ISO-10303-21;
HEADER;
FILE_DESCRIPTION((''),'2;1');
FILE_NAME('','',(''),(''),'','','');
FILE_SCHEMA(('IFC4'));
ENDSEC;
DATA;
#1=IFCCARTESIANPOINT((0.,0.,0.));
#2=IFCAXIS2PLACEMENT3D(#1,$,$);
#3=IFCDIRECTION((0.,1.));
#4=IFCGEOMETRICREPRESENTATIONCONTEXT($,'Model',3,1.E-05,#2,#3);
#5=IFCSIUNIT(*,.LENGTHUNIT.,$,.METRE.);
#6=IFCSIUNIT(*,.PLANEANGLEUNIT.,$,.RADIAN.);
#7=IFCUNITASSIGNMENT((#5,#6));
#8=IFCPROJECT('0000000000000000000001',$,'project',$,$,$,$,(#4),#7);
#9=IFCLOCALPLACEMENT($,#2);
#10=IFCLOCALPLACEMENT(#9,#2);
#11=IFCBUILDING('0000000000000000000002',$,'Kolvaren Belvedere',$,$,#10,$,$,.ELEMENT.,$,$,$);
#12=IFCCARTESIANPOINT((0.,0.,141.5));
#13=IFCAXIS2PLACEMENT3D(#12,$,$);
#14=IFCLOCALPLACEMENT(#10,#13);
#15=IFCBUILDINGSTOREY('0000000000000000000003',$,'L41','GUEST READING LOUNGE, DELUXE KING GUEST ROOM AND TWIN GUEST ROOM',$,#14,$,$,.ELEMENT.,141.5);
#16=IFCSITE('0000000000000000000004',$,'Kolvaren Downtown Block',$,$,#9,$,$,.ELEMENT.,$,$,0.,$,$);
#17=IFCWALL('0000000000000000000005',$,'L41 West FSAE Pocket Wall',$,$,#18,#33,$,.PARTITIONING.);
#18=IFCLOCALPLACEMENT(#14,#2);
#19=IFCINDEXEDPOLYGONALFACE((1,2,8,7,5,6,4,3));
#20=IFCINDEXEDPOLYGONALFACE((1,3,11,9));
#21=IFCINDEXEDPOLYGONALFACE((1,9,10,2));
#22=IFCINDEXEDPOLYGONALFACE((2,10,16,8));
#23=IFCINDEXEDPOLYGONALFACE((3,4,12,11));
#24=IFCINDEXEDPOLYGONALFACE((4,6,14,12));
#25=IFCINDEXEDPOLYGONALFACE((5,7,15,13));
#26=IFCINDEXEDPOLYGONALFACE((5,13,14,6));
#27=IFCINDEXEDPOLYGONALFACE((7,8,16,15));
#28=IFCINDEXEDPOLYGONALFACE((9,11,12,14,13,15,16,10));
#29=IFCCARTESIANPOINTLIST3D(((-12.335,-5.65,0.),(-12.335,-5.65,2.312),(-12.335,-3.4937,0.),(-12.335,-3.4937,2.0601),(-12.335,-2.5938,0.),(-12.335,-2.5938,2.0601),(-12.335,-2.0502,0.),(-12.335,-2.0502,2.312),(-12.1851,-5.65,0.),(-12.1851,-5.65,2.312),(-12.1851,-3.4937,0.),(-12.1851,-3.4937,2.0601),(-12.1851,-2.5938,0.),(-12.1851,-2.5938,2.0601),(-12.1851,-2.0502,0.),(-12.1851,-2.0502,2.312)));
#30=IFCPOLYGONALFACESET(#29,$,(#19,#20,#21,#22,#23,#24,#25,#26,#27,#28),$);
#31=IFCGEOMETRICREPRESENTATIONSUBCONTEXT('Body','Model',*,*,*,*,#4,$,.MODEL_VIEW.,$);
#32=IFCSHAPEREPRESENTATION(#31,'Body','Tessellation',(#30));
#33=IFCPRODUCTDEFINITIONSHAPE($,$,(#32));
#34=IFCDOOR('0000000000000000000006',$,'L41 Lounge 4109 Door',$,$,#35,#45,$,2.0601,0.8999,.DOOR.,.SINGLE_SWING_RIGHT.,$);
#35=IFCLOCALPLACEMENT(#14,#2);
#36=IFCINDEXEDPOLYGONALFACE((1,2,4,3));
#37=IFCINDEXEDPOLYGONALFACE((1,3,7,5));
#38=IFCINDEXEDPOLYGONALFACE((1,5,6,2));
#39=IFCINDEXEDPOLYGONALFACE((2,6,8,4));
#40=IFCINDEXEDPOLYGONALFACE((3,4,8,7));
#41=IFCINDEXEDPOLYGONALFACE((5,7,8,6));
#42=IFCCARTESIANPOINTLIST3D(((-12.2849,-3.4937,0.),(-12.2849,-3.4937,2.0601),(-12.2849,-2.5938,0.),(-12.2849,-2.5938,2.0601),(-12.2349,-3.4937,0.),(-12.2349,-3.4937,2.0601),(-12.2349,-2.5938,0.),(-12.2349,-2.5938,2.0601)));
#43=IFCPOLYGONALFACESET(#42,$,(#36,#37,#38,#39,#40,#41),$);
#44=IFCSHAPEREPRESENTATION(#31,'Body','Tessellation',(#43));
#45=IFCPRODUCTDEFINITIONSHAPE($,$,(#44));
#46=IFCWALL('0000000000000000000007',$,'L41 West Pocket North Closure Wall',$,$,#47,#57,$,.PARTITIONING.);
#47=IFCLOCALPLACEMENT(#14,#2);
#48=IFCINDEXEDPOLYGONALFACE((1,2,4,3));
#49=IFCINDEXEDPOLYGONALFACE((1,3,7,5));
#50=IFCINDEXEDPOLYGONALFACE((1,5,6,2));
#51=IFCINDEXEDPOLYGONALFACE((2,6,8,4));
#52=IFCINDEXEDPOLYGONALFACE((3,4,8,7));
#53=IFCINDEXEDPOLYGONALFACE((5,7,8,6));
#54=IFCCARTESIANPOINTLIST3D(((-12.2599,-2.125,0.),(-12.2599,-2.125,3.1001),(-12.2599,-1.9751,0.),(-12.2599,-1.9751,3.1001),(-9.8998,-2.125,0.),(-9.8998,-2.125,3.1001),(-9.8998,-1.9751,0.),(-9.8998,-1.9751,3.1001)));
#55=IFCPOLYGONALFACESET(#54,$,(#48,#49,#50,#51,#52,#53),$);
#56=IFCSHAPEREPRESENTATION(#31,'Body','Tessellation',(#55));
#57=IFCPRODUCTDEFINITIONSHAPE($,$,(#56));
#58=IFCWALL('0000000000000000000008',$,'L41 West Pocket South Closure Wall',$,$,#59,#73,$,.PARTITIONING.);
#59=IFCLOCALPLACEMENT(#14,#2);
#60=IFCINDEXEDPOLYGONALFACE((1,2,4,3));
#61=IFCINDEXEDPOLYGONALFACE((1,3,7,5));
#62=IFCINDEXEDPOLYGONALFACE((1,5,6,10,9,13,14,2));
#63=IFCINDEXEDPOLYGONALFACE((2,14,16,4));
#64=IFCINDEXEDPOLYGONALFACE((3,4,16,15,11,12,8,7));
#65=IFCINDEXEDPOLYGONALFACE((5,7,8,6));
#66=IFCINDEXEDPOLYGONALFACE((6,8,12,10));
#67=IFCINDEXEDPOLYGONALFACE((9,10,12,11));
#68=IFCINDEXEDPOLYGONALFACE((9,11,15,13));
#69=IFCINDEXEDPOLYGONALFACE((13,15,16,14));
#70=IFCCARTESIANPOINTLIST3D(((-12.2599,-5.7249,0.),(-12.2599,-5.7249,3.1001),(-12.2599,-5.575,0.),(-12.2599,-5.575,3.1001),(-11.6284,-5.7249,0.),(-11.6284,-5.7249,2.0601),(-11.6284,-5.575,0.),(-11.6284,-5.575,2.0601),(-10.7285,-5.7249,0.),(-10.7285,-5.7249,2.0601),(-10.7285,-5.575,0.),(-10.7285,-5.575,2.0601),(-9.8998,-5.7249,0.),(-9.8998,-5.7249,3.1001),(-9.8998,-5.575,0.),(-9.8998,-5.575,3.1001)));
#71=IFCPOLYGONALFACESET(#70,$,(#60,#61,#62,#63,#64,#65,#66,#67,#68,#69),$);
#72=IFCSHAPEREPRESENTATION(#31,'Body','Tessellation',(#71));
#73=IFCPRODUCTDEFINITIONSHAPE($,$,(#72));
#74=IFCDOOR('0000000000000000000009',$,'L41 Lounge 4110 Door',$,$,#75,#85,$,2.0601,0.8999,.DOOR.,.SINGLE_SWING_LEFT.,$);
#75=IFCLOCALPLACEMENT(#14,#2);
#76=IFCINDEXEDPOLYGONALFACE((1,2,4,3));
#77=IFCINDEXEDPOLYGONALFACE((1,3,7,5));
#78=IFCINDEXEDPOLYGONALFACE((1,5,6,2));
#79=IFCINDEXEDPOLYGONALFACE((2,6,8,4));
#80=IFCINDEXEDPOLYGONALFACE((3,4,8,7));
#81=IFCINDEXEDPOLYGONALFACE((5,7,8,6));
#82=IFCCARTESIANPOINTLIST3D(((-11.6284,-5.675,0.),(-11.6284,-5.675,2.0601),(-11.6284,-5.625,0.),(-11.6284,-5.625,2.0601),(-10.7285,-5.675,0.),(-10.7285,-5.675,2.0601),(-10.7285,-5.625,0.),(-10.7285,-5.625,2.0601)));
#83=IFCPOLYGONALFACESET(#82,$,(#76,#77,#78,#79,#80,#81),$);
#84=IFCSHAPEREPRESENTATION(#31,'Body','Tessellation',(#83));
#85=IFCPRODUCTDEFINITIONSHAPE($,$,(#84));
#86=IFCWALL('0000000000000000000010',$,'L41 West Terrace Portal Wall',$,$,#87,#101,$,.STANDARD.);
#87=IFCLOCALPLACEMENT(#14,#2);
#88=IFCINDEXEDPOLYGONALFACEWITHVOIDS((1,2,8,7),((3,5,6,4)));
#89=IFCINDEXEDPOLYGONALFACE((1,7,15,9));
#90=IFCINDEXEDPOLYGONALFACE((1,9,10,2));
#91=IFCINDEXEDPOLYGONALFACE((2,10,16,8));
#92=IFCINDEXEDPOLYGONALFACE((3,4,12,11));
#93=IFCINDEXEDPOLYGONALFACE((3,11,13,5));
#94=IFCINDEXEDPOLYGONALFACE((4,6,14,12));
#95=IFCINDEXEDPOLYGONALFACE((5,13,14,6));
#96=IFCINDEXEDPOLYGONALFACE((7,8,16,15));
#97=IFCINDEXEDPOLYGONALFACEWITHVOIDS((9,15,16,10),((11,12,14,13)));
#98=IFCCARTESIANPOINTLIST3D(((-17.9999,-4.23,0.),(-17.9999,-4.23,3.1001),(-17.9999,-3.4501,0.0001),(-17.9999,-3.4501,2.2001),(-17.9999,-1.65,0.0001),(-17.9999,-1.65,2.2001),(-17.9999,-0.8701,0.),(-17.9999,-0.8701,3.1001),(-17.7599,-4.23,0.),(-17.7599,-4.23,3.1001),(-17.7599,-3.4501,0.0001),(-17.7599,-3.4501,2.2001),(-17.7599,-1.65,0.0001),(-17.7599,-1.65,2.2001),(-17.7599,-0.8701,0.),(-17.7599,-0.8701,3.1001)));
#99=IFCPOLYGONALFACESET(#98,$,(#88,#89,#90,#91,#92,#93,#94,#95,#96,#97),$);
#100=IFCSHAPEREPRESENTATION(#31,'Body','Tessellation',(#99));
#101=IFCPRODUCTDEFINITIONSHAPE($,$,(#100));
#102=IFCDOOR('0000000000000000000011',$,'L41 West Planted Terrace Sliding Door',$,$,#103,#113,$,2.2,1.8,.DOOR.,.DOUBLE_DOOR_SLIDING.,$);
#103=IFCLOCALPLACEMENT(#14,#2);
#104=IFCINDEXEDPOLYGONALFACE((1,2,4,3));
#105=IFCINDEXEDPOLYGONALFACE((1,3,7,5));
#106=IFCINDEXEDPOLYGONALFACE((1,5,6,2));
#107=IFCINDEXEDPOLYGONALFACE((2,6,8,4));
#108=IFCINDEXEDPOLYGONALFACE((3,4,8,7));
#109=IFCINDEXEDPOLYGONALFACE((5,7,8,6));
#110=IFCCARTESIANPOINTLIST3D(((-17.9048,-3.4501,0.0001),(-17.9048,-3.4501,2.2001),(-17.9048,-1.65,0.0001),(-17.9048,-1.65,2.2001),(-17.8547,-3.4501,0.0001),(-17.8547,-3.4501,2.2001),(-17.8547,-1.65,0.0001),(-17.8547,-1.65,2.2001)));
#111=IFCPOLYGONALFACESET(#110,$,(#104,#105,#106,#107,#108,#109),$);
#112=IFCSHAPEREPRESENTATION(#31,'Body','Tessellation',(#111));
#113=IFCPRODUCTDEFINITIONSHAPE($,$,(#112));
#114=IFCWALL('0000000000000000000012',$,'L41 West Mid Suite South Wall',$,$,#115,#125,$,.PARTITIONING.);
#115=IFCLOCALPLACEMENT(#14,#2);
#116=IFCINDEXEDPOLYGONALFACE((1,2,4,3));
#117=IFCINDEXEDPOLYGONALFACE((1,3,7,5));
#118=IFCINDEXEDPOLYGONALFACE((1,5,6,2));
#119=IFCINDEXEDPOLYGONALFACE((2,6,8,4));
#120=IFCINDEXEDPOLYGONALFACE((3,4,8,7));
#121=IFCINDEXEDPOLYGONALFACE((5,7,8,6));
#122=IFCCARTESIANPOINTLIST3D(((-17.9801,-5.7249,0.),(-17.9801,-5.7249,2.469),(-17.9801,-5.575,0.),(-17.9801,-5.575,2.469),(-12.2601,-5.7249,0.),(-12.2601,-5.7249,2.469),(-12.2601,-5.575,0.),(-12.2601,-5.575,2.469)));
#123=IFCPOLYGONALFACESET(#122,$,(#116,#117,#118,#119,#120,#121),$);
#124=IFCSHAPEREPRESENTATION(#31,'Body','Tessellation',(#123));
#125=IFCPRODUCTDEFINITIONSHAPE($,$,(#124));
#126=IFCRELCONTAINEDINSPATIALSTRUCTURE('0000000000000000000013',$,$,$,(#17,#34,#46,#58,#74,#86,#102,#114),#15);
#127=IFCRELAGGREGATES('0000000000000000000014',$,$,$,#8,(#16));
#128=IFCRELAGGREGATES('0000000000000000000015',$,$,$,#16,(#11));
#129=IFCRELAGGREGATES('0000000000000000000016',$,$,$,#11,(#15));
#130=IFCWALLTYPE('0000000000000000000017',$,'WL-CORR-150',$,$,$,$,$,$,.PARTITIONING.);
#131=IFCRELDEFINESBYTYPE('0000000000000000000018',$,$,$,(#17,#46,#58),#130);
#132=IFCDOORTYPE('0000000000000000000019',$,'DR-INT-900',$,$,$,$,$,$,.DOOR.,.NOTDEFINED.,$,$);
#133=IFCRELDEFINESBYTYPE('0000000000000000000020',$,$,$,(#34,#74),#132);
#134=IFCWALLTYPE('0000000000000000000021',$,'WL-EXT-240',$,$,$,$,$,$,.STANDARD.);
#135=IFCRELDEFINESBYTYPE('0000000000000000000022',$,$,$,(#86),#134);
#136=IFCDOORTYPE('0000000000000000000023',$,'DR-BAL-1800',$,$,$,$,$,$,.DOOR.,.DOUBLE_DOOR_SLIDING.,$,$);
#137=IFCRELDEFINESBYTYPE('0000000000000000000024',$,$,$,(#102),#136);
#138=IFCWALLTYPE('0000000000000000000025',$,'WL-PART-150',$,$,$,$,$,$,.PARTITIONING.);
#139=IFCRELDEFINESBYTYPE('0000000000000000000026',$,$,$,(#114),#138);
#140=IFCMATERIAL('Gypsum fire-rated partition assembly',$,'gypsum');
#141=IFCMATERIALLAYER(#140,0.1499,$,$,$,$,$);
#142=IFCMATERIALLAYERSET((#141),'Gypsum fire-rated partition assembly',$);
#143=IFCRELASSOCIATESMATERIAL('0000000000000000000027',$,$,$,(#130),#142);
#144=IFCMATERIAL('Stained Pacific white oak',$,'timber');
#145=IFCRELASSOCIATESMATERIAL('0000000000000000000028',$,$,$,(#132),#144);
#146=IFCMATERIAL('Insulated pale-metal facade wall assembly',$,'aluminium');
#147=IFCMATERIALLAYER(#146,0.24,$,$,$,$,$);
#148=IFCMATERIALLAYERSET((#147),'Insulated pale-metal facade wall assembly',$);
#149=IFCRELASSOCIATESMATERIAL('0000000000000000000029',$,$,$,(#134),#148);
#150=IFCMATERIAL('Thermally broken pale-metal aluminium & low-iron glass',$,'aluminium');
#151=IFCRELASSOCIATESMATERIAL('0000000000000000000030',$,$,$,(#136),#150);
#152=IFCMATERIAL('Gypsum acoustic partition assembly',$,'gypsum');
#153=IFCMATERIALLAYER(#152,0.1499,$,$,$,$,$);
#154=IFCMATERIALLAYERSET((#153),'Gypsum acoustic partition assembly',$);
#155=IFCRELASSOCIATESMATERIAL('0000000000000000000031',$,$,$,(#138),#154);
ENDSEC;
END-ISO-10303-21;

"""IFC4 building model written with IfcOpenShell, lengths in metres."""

from ifc_helpers import new_model, si_unit, direction, frame, frame_2d, origin, place, context, subcontext, project, spatial, rectangle, extrude, material, layer, layer_set, type_object, element, fill, save


model = new_model("IFC4")

# Units and contexts
model_context = context("Model", 3, precision=1e-05, world=origin(), true_north=direction((0.0, 1.0)))
body_context = subcontext(model_context, "Body", "Model", "MODEL_VIEW")
ifc_project = project(units=[si_unit("LENGTHUNIT", "METRE"), si_unit("PLANEANGLEUNIT", "RADIAN")], contexts=[model_context])

# Site, building, storey
site_placement = place(None, origin())
site = spatial("IfcSite", under=ifc_project, at=site_placement, Name="Kolvaren Downtown Block", CompositionType="ELEMENT", RefElevation=0.0)
building_placement = place(site_placement, origin())
building = spatial("IfcBuilding", under=site, at=building_placement, Name="Kolvaren Belvedere", CompositionType="ELEMENT")
storey_placement = place(building_placement, frame((0.0, 0.0, 141.5)))
storey = spatial("IfcBuildingStorey", under=building, at=storey_placement, Name="L41", Description="GUEST READING LOUNGE, DELUXE KING GUEST ROOM AND TWIN GUEST ROOM", CompositionType="ELEMENT", Elevation=141.5)

# Wall, opening, door
ifc_material_1 = material(Name="Gypsum fire-rated partition assembly", Category="gypsum")
ifc_layer_1 = layer(ifc_material_1, 0.1499)
ifc_layer_set_1 = layer_set([ifc_layer_1], Name="Gypsum fire-rated partition assembly")
wall_type_1 = type_object("IfcWallType", Name="WL-CORR-150", PredefinedType="PARTITIONING", material=ifc_layer_set_1)
wall_1_placement = place(storey_placement, frame((-12.26, -5.6499, 0.0), z_axis=(0.0, 0.0, 1.0), x_axis=(0.0, 1.0, 0.0)))
wall_1 = element("IfcWall", 1, at=wall_1_placement, inside=storey, type_object=wall_type_1, Name="L41 West FSAE Pocket Wall", PredefinedType="PARTITIONING", context=body_context, shape_type="SweptSolid", body=[
    extrude(rectangle(XDim=3.5999, YDim=0.1499, at=frame_2d((1.7998, 0.0))), origin(), (0.0, 0.0, 1.0), 2.312),
])
opening_1_placement = place(wall_1_placement, frame((2.1562, 0.0, 0.0)))
opening_1 = element("IfcOpeningElement", 2, at=opening_1_placement, cuts=wall_1, PredefinedType="OPENING", context=body_context, shape_type="SweptSolid", body=[
    extrude(rectangle(XDim=0.8999, YDim=2.0601, at=frame_2d((0.45, 1.03))), frame((0.0, 0.085, 0.0), z_axis=(0.0, -1.0, 0.0), x_axis=(1.0, 0.0, 0.0)), (0.0, 0.0, 1.0), 0.1699),
])
ifc_material_2 = material(Name="Stained Pacific white oak", Category="timber")
door_type_1 = type_object("IfcDoorType", Name="DR-INT-900", OperationType="NOTDEFINED", PredefinedType="DOOR", material=ifc_material_2)
door_1_placement = place(opening_1_placement, origin())
door_1 = element("IfcDoor", 3, at=door_1_placement, inside=storey, type_object=door_type_1, Name="L41 Lounge 4109 Door", OperationType="SINGLE_SWING_RIGHT", OverallHeight=2.0601, OverallWidth=0.8999, PredefinedType="DOOR", context=body_context, shape_type="SweptSolid", body=[
    extrude(rectangle(XDim=0.8999, YDim=2.0601, at=frame_2d((0.45, 1.03))), frame((0.0, 0.0249, 0.0), z_axis=(0.0, -1.0, 0.0), x_axis=(1.0, 0.0, 0.0)), (0.0, 0.0, 1.0), 0.05),
])
fill(opening_1, door_1)

# Wall
wall_2_placement = place(storey_placement, frame((-12.26, -2.05, 0.0), z_axis=(0.0, 0.0, 1.0), x_axis=(1.0, 0.0, 0.0)))
element("IfcWall", 4, at=wall_2_placement, inside=storey, type_object=wall_type_1, Name="L41 West Pocket North Closure Wall", PredefinedType="PARTITIONING", context=body_context, shape_type="SweptSolid", body=[
    extrude(rectangle(XDim=2.3601, YDim=0.1499, at=frame_2d((1.1802, 0.0))), origin(), (0.0, 0.0, 1.0), 3.1001),
])

# Walls, openings, doors
wall_3_placement = place(storey_placement, frame((-12.26, -5.6499, 0.0), z_axis=(0.0, 0.0, 1.0), x_axis=(1.0, 0.0, 0.0)))
wall_3 = element("IfcWall", 5, at=wall_3_placement, inside=storey, type_object=wall_type_1, Name="L41 West Pocket South Closure Wall", PredefinedType="PARTITIONING", context=body_context, shape_type="SweptSolid", body=[
    extrude(rectangle(XDim=2.3601, YDim=0.1499, at=frame_2d((1.1802, 0.0))), origin(), (0.0, 0.0, 1.0), 3.1001),
])
opening_2_placement = place(wall_3_placement, frame((0.6316, 0.0, 0.0)))
opening_2 = element("IfcOpeningElement", 6, at=opening_2_placement, cuts=wall_3, PredefinedType="OPENING", context=body_context, shape_type="SweptSolid", body=[
    extrude(rectangle(XDim=0.8999, YDim=2.0601, at=frame_2d((0.45, 1.03))), frame((0.0, 0.085, 0.0), z_axis=(0.0, -1.0, 0.0), x_axis=(1.0, 0.0, 0.0)), (0.0, 0.0, 1.0), 0.1699),
])
door_2_placement = place(opening_2_placement, origin())
door_2 = element("IfcDoor", 7, at=door_2_placement, inside=storey, type_object=door_type_1, Name="L41 Lounge 4110 Door", OperationType="SINGLE_SWING_LEFT", OverallHeight=2.0601, OverallWidth=0.8999, PredefinedType="DOOR", context=body_context, shape_type="SweptSolid", body=[
    extrude(rectangle(XDim=0.8999, YDim=2.0601, at=frame_2d((0.45, 1.03))), frame((0.0, 0.0249, 0.0), z_axis=(0.0, -1.0, 0.0), x_axis=(1.0, 0.0, 0.0)), (0.0, 0.0, 1.0), 0.05),
])
fill(opening_2, door_2)
ifc_material_3 = material(Name="Insulated pale-metal facade wall assembly", Category="aluminium")
ifc_layer_2 = layer(ifc_material_3, 0.24)
ifc_layer_set_2 = layer_set([ifc_layer_2], Name="Insulated pale-metal facade wall assembly")
wall_type_2 = type_object("IfcWallType", Name="WL-EXT-240", PredefinedType="STANDARD", material=ifc_layer_set_2)
wall_4_placement = place(storey_placement, frame((-17.8799, -4.23, 0.0), z_axis=(0.0, 0.0, 1.0), x_axis=(0.0, 1.0, 0.0)))
wall_4 = element("IfcWall", 8, at=wall_4_placement, inside=storey, type_object=wall_type_2, Name="L41 West Terrace Portal Wall", PredefinedType="STANDARD", context=body_context, shape_type="SweptSolid", body=[
    extrude(rectangle(XDim=3.3599, YDim=0.24, at=frame_2d((1.6799, 0.0))), origin(), (0.0, 0.0, 1.0), 3.1001),
])
opening_3_placement = place(wall_4_placement, frame((0.78, 0.0, 0.0)))
opening_3 = element("IfcOpeningElement", 9, at=opening_3_placement, cuts=wall_4, PredefinedType="OPENING", context=body_context, shape_type="SweptSolid", body=[
    extrude(rectangle(XDim=1.8, YDim=2.2, at=frame_2d((0.8999, 1.1001))), frame((0.0, 0.1299, 0.0), z_axis=(0.0, -1.0, 0.0), x_axis=(1.0, 0.0, 0.0)), (0.0, 0.0, 1.0), 0.26),
])
ifc_material_4 = material(Name="Thermally broken pale-metal aluminium & low-iron glass", Category="aluminium")
door_type_2 = type_object("IfcDoorType", Name="DR-BAL-1800", OperationType="DOUBLE_DOOR_SLIDING", PredefinedType="DOOR", material=ifc_material_4)
door_3_placement = place(opening_3_placement, origin())
door_3 = element("IfcDoor", 10, at=door_3_placement, inside=storey, type_object=door_type_2, Name="L41 West Planted Terrace Sliding Door", OperationType="DOUBLE_DOOR_SLIDING", OverallHeight=2.2, OverallWidth=1.8, PredefinedType="DOOR", context=body_context, shape_type="SweptSolid", body=[
    extrude(rectangle(XDim=1.8, YDim=2.2, at=frame_2d((0.8999, 1.1001))), frame((0.0, 0.0249, 0.0), z_axis=(0.0, -1.0, 0.0), x_axis=(1.0, 0.0, 0.0)), (0.0, 0.0, 1.0), 0.05),
])
fill(opening_3, door_3)

# Wall
ifc_material_5 = material(Name="Gypsum acoustic partition assembly", Category="gypsum")
ifc_layer_3 = layer(ifc_material_5, 0.1499)
ifc_layer_set_3 = layer_set([ifc_layer_3], Name="Gypsum acoustic partition assembly")
wall_type_3 = type_object("IfcWallType", Name="WL-PART-150", PredefinedType="PARTITIONING", material=ifc_layer_set_3)
wall_5_placement = place(storey_placement, frame((-17.98, -5.6499, 0.0), z_axis=(0.0, 0.0, 1.0), x_axis=(1.0, 0.0, 0.0)))
element("IfcWall", 11, at=wall_5_placement, inside=storey, type_object=wall_type_3, Name="L41 West Mid Suite South Wall", PredefinedType="PARTITIONING", context=body_context, shape_type="SweptSolid", body=[
    extrude(rectangle(XDim=5.72, YDim=0.1499, at=frame_2d((2.8599, 0.0))), origin(), (0.0, 0.0, 1.0), 2.469),
])

save(model, "model.ifc")
